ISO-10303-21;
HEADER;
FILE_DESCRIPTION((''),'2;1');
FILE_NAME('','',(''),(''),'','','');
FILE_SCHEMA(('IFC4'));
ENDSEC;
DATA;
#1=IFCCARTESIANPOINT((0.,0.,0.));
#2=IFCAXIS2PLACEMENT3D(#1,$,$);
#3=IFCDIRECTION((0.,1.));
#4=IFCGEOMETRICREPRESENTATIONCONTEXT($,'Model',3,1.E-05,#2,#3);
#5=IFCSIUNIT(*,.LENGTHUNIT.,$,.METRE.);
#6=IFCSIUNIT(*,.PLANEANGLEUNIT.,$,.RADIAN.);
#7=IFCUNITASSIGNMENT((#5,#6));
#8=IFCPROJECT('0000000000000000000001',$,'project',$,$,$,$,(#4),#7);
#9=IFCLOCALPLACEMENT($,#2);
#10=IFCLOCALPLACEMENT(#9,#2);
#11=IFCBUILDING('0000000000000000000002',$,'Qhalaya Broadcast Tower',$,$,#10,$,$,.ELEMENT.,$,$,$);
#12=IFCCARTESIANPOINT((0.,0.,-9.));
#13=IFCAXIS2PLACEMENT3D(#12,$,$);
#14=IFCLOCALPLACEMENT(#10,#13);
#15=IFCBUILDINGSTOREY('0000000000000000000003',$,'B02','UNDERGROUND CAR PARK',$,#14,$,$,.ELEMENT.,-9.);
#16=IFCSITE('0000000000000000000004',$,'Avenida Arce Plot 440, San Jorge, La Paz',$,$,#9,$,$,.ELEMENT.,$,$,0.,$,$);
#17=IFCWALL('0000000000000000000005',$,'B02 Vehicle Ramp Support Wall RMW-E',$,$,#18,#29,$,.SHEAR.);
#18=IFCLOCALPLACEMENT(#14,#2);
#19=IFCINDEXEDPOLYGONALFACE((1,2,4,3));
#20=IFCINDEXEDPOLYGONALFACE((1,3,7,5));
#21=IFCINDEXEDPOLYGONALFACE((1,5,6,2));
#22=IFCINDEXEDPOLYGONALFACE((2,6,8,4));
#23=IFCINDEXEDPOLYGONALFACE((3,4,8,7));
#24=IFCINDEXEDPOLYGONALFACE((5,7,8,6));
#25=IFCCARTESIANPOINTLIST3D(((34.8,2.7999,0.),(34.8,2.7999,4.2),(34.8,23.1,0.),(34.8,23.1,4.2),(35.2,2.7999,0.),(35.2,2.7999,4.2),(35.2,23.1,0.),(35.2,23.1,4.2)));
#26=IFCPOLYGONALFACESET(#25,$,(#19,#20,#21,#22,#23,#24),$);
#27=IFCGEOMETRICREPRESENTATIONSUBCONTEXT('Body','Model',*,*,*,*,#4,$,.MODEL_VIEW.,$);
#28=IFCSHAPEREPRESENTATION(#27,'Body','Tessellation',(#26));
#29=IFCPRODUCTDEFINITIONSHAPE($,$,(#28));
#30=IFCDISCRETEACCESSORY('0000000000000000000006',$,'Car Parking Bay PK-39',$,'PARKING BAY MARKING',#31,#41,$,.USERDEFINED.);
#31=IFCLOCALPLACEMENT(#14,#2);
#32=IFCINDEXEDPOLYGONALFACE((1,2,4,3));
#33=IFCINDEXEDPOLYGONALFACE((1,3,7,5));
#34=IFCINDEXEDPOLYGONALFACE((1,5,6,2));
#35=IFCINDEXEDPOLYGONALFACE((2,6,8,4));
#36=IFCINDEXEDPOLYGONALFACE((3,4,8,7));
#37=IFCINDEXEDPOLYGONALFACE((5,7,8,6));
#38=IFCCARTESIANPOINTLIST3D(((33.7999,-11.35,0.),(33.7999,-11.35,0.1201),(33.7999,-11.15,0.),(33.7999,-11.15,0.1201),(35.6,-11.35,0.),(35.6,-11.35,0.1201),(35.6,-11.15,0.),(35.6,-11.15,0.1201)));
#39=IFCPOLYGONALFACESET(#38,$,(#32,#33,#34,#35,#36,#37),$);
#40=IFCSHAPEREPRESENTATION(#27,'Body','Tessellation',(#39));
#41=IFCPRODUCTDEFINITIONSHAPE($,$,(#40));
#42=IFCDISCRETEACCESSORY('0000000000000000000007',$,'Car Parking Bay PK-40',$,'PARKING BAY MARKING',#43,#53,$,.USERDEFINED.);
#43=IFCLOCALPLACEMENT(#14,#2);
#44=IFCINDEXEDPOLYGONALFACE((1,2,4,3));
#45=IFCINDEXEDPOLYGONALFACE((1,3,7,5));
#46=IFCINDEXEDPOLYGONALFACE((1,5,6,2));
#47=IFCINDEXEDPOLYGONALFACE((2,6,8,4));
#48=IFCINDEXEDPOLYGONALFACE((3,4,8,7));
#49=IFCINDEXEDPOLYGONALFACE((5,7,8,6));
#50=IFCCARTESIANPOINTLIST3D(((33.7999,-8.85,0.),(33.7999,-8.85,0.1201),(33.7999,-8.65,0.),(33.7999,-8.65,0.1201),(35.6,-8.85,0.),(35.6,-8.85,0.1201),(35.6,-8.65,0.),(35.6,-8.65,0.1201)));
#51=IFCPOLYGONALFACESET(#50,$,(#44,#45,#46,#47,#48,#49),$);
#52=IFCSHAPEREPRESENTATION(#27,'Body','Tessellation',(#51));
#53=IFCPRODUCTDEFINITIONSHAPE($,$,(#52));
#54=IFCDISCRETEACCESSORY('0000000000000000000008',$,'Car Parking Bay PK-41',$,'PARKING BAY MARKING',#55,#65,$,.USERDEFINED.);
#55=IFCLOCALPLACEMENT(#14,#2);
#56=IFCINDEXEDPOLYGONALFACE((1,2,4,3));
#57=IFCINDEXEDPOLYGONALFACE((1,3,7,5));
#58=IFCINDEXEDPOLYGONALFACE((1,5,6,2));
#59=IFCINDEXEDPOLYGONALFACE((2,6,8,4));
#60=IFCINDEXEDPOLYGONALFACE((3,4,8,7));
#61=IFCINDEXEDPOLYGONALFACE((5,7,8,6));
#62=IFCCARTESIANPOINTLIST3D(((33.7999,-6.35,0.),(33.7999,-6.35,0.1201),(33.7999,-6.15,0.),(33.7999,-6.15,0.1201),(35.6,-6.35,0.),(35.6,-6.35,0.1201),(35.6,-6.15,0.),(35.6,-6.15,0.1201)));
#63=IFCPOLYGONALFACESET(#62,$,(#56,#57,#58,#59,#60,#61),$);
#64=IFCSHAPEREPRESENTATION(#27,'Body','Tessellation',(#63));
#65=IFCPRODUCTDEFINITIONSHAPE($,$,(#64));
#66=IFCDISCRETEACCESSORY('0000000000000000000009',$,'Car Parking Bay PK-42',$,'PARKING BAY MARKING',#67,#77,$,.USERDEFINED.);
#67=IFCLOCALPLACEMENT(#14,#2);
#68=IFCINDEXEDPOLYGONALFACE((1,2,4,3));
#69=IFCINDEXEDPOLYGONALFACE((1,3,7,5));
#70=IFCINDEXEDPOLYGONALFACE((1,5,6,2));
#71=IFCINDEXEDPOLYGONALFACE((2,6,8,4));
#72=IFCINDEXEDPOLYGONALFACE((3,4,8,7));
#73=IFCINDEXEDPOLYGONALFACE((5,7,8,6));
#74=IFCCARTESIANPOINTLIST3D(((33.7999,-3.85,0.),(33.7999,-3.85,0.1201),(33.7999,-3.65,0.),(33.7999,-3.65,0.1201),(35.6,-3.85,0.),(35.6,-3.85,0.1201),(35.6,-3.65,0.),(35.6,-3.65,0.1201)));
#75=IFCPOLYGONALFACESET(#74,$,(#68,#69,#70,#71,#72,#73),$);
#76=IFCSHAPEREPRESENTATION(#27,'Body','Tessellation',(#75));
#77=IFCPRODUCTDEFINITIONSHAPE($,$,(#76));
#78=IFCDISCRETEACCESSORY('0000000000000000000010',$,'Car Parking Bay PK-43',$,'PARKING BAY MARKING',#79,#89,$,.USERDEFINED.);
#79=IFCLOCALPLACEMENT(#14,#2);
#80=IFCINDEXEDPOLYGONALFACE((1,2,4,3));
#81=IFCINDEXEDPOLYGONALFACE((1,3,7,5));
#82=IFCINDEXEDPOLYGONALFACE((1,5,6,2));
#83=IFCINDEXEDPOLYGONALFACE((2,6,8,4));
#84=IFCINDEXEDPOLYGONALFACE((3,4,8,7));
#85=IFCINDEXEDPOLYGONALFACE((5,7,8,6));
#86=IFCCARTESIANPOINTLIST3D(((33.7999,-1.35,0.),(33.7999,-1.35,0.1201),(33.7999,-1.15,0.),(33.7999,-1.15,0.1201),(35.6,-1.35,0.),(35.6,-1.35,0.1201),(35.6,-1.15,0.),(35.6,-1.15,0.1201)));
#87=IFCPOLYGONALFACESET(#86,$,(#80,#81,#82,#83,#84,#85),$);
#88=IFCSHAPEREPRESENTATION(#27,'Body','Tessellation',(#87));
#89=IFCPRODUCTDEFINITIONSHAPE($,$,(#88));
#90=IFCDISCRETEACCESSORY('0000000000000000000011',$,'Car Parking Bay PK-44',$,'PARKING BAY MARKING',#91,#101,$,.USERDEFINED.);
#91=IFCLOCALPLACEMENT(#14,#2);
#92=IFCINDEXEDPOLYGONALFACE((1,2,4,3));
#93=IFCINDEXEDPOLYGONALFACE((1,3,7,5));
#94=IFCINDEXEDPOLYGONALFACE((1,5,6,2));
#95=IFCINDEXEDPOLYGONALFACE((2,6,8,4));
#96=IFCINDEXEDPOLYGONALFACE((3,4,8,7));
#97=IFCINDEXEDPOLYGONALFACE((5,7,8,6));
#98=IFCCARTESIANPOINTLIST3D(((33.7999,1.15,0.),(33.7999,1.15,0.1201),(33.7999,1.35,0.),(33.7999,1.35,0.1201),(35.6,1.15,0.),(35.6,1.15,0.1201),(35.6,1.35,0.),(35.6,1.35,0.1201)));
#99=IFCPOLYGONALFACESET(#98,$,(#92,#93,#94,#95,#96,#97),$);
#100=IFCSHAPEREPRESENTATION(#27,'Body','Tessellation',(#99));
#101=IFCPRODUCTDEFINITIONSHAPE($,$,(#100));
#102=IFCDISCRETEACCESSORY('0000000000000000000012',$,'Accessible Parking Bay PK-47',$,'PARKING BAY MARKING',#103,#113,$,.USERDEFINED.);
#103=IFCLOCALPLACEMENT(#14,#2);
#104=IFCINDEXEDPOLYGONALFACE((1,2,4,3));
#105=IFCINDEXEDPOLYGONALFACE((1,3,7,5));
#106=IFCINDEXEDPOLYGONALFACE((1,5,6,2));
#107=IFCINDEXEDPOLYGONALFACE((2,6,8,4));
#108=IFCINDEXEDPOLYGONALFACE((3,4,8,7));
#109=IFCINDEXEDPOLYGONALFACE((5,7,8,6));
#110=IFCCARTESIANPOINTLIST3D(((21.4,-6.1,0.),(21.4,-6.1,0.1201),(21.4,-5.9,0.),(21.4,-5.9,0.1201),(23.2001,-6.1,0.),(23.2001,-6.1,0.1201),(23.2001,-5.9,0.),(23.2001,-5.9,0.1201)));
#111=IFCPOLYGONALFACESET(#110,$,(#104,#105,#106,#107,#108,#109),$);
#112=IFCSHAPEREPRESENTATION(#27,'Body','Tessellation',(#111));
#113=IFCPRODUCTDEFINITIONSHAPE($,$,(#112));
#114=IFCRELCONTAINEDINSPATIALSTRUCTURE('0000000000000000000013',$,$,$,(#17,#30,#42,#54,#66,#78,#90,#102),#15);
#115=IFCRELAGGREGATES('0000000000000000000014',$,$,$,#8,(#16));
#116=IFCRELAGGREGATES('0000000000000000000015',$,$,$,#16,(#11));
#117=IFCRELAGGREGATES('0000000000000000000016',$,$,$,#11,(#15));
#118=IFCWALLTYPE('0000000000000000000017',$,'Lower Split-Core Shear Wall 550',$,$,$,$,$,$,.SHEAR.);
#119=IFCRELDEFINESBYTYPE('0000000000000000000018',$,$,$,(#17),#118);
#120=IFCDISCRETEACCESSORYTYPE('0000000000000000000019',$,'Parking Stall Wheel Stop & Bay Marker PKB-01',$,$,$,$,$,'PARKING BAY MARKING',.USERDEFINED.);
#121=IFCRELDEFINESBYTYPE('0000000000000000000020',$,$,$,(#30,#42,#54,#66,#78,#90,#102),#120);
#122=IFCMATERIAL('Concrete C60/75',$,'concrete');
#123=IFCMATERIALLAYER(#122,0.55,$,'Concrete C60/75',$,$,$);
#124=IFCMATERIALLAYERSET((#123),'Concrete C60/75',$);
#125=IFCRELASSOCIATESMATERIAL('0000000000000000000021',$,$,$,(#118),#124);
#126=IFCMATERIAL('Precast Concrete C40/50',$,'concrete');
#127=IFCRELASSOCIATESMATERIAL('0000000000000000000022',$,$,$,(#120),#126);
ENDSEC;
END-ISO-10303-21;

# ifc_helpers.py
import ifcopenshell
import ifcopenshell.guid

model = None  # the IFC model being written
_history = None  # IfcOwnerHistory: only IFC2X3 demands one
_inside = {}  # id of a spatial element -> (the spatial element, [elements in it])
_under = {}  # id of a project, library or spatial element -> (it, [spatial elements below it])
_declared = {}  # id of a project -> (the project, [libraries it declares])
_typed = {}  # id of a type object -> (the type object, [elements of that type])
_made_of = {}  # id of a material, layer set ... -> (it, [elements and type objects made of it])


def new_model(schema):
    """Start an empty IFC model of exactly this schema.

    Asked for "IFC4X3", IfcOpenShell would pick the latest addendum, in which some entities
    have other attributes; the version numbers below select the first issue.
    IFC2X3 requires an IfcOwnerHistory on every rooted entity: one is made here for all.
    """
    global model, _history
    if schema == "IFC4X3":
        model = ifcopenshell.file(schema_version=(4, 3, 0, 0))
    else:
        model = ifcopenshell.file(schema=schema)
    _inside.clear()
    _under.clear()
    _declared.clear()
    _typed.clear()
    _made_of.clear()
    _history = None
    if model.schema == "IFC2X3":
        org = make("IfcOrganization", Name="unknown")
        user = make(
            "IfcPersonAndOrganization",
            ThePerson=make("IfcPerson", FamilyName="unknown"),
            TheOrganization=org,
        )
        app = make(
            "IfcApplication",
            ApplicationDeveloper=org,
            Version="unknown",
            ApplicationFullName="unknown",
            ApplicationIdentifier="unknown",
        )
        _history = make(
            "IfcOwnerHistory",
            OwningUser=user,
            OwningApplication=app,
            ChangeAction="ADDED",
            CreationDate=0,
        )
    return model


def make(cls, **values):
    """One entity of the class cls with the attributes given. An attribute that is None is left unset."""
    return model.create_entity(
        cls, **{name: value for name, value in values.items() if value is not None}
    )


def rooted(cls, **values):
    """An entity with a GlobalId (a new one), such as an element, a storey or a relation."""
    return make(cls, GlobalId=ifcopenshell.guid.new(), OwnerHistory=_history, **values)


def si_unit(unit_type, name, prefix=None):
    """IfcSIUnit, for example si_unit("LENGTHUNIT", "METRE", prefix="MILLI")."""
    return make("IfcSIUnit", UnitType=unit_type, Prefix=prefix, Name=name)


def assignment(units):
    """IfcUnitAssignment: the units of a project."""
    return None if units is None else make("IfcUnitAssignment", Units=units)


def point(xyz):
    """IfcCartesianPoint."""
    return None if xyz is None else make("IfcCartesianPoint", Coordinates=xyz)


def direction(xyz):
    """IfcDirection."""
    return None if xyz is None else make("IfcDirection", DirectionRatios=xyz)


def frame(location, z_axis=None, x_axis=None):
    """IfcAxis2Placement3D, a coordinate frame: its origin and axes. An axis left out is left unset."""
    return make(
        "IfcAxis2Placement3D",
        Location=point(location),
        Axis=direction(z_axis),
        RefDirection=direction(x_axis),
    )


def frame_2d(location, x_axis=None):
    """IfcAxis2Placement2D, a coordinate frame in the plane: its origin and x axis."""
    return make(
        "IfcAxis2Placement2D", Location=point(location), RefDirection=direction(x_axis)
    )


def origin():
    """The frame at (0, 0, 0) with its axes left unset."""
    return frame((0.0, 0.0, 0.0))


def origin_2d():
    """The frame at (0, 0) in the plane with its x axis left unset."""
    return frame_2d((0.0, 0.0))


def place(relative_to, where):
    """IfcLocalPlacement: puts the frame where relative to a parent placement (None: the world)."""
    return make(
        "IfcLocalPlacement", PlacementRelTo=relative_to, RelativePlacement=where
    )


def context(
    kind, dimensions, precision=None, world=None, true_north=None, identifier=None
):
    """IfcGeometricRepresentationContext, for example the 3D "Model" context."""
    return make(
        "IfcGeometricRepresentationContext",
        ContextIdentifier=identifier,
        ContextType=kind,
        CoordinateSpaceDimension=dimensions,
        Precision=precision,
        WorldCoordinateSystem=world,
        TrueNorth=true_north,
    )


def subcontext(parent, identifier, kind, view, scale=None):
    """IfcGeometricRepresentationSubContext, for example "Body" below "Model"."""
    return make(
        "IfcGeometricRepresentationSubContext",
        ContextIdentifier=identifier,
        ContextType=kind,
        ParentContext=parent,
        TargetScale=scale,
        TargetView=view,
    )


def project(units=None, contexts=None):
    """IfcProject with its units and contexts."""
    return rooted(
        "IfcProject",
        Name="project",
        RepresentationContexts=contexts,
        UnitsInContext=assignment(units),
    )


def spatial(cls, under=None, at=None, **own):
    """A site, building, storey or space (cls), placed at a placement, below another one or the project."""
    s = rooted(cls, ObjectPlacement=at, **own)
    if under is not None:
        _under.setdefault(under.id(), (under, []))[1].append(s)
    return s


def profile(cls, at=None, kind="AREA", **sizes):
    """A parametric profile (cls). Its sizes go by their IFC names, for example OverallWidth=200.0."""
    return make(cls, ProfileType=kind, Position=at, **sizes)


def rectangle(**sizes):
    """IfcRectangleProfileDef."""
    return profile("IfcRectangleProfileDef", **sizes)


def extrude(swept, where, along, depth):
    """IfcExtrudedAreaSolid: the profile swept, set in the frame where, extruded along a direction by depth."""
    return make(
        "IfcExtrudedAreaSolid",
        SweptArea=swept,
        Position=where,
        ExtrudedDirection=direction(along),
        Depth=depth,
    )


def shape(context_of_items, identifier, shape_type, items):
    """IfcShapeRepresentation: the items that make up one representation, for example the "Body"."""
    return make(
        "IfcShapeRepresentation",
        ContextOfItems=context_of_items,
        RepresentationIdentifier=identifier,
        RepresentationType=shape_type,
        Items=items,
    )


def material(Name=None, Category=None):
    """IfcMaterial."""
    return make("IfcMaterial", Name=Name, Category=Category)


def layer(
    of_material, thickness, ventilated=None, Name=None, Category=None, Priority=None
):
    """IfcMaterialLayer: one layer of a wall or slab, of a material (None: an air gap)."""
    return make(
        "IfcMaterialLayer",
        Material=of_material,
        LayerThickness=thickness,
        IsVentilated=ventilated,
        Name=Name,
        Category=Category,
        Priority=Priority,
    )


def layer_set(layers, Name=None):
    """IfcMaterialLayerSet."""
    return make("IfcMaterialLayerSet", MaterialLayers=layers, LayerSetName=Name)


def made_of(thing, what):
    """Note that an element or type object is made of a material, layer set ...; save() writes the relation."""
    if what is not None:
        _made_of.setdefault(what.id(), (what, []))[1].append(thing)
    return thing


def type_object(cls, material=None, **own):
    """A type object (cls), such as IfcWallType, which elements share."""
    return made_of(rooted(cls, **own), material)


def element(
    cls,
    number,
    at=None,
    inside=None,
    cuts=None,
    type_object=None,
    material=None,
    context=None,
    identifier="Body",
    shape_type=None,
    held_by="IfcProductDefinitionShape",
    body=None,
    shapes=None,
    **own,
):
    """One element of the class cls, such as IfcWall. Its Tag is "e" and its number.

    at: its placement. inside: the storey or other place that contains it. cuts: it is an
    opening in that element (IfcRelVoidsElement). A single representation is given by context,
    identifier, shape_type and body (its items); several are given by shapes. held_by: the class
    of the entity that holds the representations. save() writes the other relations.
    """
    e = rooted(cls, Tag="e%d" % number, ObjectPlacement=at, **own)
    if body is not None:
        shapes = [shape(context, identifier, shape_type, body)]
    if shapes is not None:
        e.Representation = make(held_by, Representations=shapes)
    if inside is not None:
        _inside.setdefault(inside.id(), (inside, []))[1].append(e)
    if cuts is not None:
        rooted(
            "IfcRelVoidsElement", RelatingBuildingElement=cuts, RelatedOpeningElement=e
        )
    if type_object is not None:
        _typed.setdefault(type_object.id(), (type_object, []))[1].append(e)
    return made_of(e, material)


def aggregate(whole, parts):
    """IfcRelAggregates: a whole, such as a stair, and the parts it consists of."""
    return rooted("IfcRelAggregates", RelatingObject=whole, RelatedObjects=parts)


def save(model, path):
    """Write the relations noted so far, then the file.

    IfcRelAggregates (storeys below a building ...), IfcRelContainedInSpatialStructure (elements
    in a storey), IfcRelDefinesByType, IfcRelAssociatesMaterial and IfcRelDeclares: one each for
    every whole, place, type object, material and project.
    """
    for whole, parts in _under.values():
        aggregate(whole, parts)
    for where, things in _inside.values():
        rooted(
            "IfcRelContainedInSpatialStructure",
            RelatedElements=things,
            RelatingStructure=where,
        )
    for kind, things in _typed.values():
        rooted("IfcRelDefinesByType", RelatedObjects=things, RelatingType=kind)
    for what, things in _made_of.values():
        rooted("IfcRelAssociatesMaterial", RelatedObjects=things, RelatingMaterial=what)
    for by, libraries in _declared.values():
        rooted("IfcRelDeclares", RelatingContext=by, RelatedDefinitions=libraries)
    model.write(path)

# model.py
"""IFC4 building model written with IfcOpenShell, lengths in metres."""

from ifc_helpers import new_model, si_unit, direction, frame, frame_2d, origin, origin_2d, place, context, subcontext, project, spatial, rectangle, extrude, material, layer, layer_set, type_object, element, save


model = new_model("IFC4")

# Units and contexts
model_context = context("Model", 3, precision=1e-05, world=origin(), true_north=direction((0.0, 1.0)))
body_context = subcontext(model_context, "Body", "Model", "MODEL_VIEW")
ifc_project = project(units=[si_unit("LENGTHUNIT", "METRE"), si_unit("PLANEANGLEUNIT", "RADIAN")], contexts=[model_context])

# Site, building, storey
site_placement = place(None, origin())
site = spatial("IfcSite", under=ifc_project, at=site_placement, Name="Avenida Arce Plot 440, San Jorge, La Paz", CompositionType="ELEMENT", RefElevation=0.0)
building_placement = place(site_placement, origin())
building = spatial("IfcBuilding", under=site, at=building_placement, Name="Qhalaya Broadcast Tower", CompositionType="ELEMENT")
storey_placement = place(building_placement, frame((0.0, 0.0, -9.0)))
storey = spatial("IfcBuildingStorey", under=building, at=storey_placement, Name="B02", Description="UNDERGROUND CAR PARK", CompositionType="ELEMENT", Elevation=-9.0)

# Shared definitions
ifc_material_1 = material(Name="Concrete C60/75", Category="concrete")

# Wall
ifc_layer_1 = layer(ifc_material_1, 0.55, Name="Concrete C60/75")
ifc_layer_set_1 = layer_set([ifc_layer_1], Name="Concrete C60/75")
wall_type = type_object("IfcWallType", Name="Lower Split-Core Shear Wall 550", PredefinedType="SHEAR", material=ifc_layer_set_1)
for number, where, z_axis, x_axis, name in (
    (1, (35.0, 2.8, 0.0), (0.0, 0.0, 1.0), (0.0, 1.0, 0.0), "B02 Vehicle Ramp Support Wall RMW-E"),
):
    element("IfcWall", number, at=place(storey_placement, frame(where, z_axis=z_axis, x_axis=x_axis)), inside=storey, type_object=wall_type, Name=name, PredefinedType="SHEAR", context=body_context, shape_type="SweptSolid", body=[
        extrude(rectangle(XDim=20.3, YDim=0.3999, at=frame_2d((10.1499, 0.0))), origin(), (0.0, 0.0, 1.0), 4.2),
    ])

# Discrete accessories
ifc_material_2 = material(Name="Precast Concrete C40/50", Category="concrete")
discrete_accessory_type = type_object("IfcDiscreteAccessoryType", Name="Parking Stall Wheel Stop & Bay Marker PKB-01", ElementType="PARKING BAY MARKING", PredefinedType="USERDEFINED", material=ifc_material_2)
for number, where, z_axis, x_axis, name in (
    (2, (34.7, -11.25, 0.0), (0.0, 0.0, 1.0), (1.0, 0.0, 0.0), "Car Parking Bay PK-39"),
    (3, (34.7, -8.75, 0.0), (0.0, 0.0, 1.0), (1.0, 0.0, 0.0), "Car Parking Bay PK-40"),
    (4, (34.7, -6.25, 0.0), (0.0, 0.0, 1.0), (1.0, 0.0, 0.0), "Car Parking Bay PK-41"),
    (5, (34.7, -3.75, 0.0), (0.0, 0.0, 1.0), (1.0, 0.0, 0.0), "Car Parking Bay PK-42"),
    (6, (34.7, -1.25, 0.0), (0.0, 0.0, 1.0), (1.0, 0.0, 0.0), "Car Parking Bay PK-43"),
    (7, (34.7, 1.25, 0.0), (0.0, 0.0, 1.0), (1.0, 0.0, 0.0), "Car Parking Bay PK-44"),
    (8, (22.3, -6.0, 0.0), (0.0, 0.0, 1.0), (1.0, 0.0, 0.0), "Accessible Parking Bay PK-47"),
):
    element("IfcDiscreteAccessory", number, at=place(storey_placement, frame(where, z_axis=z_axis, x_axis=x_axis)), inside=storey, type_object=discrete_accessory_type, Name=name, ObjectType="PARKING BAY MARKING", PredefinedType="USERDEFINED", context=body_context, shape_type="SweptSolid", body=[
        extrude(rectangle(XDim=1.8, YDim=0.2, at=origin_2d()), origin(), (0.0, 0.0, 1.0), 0.1201),
    ])

save(model, "model.ifc")
